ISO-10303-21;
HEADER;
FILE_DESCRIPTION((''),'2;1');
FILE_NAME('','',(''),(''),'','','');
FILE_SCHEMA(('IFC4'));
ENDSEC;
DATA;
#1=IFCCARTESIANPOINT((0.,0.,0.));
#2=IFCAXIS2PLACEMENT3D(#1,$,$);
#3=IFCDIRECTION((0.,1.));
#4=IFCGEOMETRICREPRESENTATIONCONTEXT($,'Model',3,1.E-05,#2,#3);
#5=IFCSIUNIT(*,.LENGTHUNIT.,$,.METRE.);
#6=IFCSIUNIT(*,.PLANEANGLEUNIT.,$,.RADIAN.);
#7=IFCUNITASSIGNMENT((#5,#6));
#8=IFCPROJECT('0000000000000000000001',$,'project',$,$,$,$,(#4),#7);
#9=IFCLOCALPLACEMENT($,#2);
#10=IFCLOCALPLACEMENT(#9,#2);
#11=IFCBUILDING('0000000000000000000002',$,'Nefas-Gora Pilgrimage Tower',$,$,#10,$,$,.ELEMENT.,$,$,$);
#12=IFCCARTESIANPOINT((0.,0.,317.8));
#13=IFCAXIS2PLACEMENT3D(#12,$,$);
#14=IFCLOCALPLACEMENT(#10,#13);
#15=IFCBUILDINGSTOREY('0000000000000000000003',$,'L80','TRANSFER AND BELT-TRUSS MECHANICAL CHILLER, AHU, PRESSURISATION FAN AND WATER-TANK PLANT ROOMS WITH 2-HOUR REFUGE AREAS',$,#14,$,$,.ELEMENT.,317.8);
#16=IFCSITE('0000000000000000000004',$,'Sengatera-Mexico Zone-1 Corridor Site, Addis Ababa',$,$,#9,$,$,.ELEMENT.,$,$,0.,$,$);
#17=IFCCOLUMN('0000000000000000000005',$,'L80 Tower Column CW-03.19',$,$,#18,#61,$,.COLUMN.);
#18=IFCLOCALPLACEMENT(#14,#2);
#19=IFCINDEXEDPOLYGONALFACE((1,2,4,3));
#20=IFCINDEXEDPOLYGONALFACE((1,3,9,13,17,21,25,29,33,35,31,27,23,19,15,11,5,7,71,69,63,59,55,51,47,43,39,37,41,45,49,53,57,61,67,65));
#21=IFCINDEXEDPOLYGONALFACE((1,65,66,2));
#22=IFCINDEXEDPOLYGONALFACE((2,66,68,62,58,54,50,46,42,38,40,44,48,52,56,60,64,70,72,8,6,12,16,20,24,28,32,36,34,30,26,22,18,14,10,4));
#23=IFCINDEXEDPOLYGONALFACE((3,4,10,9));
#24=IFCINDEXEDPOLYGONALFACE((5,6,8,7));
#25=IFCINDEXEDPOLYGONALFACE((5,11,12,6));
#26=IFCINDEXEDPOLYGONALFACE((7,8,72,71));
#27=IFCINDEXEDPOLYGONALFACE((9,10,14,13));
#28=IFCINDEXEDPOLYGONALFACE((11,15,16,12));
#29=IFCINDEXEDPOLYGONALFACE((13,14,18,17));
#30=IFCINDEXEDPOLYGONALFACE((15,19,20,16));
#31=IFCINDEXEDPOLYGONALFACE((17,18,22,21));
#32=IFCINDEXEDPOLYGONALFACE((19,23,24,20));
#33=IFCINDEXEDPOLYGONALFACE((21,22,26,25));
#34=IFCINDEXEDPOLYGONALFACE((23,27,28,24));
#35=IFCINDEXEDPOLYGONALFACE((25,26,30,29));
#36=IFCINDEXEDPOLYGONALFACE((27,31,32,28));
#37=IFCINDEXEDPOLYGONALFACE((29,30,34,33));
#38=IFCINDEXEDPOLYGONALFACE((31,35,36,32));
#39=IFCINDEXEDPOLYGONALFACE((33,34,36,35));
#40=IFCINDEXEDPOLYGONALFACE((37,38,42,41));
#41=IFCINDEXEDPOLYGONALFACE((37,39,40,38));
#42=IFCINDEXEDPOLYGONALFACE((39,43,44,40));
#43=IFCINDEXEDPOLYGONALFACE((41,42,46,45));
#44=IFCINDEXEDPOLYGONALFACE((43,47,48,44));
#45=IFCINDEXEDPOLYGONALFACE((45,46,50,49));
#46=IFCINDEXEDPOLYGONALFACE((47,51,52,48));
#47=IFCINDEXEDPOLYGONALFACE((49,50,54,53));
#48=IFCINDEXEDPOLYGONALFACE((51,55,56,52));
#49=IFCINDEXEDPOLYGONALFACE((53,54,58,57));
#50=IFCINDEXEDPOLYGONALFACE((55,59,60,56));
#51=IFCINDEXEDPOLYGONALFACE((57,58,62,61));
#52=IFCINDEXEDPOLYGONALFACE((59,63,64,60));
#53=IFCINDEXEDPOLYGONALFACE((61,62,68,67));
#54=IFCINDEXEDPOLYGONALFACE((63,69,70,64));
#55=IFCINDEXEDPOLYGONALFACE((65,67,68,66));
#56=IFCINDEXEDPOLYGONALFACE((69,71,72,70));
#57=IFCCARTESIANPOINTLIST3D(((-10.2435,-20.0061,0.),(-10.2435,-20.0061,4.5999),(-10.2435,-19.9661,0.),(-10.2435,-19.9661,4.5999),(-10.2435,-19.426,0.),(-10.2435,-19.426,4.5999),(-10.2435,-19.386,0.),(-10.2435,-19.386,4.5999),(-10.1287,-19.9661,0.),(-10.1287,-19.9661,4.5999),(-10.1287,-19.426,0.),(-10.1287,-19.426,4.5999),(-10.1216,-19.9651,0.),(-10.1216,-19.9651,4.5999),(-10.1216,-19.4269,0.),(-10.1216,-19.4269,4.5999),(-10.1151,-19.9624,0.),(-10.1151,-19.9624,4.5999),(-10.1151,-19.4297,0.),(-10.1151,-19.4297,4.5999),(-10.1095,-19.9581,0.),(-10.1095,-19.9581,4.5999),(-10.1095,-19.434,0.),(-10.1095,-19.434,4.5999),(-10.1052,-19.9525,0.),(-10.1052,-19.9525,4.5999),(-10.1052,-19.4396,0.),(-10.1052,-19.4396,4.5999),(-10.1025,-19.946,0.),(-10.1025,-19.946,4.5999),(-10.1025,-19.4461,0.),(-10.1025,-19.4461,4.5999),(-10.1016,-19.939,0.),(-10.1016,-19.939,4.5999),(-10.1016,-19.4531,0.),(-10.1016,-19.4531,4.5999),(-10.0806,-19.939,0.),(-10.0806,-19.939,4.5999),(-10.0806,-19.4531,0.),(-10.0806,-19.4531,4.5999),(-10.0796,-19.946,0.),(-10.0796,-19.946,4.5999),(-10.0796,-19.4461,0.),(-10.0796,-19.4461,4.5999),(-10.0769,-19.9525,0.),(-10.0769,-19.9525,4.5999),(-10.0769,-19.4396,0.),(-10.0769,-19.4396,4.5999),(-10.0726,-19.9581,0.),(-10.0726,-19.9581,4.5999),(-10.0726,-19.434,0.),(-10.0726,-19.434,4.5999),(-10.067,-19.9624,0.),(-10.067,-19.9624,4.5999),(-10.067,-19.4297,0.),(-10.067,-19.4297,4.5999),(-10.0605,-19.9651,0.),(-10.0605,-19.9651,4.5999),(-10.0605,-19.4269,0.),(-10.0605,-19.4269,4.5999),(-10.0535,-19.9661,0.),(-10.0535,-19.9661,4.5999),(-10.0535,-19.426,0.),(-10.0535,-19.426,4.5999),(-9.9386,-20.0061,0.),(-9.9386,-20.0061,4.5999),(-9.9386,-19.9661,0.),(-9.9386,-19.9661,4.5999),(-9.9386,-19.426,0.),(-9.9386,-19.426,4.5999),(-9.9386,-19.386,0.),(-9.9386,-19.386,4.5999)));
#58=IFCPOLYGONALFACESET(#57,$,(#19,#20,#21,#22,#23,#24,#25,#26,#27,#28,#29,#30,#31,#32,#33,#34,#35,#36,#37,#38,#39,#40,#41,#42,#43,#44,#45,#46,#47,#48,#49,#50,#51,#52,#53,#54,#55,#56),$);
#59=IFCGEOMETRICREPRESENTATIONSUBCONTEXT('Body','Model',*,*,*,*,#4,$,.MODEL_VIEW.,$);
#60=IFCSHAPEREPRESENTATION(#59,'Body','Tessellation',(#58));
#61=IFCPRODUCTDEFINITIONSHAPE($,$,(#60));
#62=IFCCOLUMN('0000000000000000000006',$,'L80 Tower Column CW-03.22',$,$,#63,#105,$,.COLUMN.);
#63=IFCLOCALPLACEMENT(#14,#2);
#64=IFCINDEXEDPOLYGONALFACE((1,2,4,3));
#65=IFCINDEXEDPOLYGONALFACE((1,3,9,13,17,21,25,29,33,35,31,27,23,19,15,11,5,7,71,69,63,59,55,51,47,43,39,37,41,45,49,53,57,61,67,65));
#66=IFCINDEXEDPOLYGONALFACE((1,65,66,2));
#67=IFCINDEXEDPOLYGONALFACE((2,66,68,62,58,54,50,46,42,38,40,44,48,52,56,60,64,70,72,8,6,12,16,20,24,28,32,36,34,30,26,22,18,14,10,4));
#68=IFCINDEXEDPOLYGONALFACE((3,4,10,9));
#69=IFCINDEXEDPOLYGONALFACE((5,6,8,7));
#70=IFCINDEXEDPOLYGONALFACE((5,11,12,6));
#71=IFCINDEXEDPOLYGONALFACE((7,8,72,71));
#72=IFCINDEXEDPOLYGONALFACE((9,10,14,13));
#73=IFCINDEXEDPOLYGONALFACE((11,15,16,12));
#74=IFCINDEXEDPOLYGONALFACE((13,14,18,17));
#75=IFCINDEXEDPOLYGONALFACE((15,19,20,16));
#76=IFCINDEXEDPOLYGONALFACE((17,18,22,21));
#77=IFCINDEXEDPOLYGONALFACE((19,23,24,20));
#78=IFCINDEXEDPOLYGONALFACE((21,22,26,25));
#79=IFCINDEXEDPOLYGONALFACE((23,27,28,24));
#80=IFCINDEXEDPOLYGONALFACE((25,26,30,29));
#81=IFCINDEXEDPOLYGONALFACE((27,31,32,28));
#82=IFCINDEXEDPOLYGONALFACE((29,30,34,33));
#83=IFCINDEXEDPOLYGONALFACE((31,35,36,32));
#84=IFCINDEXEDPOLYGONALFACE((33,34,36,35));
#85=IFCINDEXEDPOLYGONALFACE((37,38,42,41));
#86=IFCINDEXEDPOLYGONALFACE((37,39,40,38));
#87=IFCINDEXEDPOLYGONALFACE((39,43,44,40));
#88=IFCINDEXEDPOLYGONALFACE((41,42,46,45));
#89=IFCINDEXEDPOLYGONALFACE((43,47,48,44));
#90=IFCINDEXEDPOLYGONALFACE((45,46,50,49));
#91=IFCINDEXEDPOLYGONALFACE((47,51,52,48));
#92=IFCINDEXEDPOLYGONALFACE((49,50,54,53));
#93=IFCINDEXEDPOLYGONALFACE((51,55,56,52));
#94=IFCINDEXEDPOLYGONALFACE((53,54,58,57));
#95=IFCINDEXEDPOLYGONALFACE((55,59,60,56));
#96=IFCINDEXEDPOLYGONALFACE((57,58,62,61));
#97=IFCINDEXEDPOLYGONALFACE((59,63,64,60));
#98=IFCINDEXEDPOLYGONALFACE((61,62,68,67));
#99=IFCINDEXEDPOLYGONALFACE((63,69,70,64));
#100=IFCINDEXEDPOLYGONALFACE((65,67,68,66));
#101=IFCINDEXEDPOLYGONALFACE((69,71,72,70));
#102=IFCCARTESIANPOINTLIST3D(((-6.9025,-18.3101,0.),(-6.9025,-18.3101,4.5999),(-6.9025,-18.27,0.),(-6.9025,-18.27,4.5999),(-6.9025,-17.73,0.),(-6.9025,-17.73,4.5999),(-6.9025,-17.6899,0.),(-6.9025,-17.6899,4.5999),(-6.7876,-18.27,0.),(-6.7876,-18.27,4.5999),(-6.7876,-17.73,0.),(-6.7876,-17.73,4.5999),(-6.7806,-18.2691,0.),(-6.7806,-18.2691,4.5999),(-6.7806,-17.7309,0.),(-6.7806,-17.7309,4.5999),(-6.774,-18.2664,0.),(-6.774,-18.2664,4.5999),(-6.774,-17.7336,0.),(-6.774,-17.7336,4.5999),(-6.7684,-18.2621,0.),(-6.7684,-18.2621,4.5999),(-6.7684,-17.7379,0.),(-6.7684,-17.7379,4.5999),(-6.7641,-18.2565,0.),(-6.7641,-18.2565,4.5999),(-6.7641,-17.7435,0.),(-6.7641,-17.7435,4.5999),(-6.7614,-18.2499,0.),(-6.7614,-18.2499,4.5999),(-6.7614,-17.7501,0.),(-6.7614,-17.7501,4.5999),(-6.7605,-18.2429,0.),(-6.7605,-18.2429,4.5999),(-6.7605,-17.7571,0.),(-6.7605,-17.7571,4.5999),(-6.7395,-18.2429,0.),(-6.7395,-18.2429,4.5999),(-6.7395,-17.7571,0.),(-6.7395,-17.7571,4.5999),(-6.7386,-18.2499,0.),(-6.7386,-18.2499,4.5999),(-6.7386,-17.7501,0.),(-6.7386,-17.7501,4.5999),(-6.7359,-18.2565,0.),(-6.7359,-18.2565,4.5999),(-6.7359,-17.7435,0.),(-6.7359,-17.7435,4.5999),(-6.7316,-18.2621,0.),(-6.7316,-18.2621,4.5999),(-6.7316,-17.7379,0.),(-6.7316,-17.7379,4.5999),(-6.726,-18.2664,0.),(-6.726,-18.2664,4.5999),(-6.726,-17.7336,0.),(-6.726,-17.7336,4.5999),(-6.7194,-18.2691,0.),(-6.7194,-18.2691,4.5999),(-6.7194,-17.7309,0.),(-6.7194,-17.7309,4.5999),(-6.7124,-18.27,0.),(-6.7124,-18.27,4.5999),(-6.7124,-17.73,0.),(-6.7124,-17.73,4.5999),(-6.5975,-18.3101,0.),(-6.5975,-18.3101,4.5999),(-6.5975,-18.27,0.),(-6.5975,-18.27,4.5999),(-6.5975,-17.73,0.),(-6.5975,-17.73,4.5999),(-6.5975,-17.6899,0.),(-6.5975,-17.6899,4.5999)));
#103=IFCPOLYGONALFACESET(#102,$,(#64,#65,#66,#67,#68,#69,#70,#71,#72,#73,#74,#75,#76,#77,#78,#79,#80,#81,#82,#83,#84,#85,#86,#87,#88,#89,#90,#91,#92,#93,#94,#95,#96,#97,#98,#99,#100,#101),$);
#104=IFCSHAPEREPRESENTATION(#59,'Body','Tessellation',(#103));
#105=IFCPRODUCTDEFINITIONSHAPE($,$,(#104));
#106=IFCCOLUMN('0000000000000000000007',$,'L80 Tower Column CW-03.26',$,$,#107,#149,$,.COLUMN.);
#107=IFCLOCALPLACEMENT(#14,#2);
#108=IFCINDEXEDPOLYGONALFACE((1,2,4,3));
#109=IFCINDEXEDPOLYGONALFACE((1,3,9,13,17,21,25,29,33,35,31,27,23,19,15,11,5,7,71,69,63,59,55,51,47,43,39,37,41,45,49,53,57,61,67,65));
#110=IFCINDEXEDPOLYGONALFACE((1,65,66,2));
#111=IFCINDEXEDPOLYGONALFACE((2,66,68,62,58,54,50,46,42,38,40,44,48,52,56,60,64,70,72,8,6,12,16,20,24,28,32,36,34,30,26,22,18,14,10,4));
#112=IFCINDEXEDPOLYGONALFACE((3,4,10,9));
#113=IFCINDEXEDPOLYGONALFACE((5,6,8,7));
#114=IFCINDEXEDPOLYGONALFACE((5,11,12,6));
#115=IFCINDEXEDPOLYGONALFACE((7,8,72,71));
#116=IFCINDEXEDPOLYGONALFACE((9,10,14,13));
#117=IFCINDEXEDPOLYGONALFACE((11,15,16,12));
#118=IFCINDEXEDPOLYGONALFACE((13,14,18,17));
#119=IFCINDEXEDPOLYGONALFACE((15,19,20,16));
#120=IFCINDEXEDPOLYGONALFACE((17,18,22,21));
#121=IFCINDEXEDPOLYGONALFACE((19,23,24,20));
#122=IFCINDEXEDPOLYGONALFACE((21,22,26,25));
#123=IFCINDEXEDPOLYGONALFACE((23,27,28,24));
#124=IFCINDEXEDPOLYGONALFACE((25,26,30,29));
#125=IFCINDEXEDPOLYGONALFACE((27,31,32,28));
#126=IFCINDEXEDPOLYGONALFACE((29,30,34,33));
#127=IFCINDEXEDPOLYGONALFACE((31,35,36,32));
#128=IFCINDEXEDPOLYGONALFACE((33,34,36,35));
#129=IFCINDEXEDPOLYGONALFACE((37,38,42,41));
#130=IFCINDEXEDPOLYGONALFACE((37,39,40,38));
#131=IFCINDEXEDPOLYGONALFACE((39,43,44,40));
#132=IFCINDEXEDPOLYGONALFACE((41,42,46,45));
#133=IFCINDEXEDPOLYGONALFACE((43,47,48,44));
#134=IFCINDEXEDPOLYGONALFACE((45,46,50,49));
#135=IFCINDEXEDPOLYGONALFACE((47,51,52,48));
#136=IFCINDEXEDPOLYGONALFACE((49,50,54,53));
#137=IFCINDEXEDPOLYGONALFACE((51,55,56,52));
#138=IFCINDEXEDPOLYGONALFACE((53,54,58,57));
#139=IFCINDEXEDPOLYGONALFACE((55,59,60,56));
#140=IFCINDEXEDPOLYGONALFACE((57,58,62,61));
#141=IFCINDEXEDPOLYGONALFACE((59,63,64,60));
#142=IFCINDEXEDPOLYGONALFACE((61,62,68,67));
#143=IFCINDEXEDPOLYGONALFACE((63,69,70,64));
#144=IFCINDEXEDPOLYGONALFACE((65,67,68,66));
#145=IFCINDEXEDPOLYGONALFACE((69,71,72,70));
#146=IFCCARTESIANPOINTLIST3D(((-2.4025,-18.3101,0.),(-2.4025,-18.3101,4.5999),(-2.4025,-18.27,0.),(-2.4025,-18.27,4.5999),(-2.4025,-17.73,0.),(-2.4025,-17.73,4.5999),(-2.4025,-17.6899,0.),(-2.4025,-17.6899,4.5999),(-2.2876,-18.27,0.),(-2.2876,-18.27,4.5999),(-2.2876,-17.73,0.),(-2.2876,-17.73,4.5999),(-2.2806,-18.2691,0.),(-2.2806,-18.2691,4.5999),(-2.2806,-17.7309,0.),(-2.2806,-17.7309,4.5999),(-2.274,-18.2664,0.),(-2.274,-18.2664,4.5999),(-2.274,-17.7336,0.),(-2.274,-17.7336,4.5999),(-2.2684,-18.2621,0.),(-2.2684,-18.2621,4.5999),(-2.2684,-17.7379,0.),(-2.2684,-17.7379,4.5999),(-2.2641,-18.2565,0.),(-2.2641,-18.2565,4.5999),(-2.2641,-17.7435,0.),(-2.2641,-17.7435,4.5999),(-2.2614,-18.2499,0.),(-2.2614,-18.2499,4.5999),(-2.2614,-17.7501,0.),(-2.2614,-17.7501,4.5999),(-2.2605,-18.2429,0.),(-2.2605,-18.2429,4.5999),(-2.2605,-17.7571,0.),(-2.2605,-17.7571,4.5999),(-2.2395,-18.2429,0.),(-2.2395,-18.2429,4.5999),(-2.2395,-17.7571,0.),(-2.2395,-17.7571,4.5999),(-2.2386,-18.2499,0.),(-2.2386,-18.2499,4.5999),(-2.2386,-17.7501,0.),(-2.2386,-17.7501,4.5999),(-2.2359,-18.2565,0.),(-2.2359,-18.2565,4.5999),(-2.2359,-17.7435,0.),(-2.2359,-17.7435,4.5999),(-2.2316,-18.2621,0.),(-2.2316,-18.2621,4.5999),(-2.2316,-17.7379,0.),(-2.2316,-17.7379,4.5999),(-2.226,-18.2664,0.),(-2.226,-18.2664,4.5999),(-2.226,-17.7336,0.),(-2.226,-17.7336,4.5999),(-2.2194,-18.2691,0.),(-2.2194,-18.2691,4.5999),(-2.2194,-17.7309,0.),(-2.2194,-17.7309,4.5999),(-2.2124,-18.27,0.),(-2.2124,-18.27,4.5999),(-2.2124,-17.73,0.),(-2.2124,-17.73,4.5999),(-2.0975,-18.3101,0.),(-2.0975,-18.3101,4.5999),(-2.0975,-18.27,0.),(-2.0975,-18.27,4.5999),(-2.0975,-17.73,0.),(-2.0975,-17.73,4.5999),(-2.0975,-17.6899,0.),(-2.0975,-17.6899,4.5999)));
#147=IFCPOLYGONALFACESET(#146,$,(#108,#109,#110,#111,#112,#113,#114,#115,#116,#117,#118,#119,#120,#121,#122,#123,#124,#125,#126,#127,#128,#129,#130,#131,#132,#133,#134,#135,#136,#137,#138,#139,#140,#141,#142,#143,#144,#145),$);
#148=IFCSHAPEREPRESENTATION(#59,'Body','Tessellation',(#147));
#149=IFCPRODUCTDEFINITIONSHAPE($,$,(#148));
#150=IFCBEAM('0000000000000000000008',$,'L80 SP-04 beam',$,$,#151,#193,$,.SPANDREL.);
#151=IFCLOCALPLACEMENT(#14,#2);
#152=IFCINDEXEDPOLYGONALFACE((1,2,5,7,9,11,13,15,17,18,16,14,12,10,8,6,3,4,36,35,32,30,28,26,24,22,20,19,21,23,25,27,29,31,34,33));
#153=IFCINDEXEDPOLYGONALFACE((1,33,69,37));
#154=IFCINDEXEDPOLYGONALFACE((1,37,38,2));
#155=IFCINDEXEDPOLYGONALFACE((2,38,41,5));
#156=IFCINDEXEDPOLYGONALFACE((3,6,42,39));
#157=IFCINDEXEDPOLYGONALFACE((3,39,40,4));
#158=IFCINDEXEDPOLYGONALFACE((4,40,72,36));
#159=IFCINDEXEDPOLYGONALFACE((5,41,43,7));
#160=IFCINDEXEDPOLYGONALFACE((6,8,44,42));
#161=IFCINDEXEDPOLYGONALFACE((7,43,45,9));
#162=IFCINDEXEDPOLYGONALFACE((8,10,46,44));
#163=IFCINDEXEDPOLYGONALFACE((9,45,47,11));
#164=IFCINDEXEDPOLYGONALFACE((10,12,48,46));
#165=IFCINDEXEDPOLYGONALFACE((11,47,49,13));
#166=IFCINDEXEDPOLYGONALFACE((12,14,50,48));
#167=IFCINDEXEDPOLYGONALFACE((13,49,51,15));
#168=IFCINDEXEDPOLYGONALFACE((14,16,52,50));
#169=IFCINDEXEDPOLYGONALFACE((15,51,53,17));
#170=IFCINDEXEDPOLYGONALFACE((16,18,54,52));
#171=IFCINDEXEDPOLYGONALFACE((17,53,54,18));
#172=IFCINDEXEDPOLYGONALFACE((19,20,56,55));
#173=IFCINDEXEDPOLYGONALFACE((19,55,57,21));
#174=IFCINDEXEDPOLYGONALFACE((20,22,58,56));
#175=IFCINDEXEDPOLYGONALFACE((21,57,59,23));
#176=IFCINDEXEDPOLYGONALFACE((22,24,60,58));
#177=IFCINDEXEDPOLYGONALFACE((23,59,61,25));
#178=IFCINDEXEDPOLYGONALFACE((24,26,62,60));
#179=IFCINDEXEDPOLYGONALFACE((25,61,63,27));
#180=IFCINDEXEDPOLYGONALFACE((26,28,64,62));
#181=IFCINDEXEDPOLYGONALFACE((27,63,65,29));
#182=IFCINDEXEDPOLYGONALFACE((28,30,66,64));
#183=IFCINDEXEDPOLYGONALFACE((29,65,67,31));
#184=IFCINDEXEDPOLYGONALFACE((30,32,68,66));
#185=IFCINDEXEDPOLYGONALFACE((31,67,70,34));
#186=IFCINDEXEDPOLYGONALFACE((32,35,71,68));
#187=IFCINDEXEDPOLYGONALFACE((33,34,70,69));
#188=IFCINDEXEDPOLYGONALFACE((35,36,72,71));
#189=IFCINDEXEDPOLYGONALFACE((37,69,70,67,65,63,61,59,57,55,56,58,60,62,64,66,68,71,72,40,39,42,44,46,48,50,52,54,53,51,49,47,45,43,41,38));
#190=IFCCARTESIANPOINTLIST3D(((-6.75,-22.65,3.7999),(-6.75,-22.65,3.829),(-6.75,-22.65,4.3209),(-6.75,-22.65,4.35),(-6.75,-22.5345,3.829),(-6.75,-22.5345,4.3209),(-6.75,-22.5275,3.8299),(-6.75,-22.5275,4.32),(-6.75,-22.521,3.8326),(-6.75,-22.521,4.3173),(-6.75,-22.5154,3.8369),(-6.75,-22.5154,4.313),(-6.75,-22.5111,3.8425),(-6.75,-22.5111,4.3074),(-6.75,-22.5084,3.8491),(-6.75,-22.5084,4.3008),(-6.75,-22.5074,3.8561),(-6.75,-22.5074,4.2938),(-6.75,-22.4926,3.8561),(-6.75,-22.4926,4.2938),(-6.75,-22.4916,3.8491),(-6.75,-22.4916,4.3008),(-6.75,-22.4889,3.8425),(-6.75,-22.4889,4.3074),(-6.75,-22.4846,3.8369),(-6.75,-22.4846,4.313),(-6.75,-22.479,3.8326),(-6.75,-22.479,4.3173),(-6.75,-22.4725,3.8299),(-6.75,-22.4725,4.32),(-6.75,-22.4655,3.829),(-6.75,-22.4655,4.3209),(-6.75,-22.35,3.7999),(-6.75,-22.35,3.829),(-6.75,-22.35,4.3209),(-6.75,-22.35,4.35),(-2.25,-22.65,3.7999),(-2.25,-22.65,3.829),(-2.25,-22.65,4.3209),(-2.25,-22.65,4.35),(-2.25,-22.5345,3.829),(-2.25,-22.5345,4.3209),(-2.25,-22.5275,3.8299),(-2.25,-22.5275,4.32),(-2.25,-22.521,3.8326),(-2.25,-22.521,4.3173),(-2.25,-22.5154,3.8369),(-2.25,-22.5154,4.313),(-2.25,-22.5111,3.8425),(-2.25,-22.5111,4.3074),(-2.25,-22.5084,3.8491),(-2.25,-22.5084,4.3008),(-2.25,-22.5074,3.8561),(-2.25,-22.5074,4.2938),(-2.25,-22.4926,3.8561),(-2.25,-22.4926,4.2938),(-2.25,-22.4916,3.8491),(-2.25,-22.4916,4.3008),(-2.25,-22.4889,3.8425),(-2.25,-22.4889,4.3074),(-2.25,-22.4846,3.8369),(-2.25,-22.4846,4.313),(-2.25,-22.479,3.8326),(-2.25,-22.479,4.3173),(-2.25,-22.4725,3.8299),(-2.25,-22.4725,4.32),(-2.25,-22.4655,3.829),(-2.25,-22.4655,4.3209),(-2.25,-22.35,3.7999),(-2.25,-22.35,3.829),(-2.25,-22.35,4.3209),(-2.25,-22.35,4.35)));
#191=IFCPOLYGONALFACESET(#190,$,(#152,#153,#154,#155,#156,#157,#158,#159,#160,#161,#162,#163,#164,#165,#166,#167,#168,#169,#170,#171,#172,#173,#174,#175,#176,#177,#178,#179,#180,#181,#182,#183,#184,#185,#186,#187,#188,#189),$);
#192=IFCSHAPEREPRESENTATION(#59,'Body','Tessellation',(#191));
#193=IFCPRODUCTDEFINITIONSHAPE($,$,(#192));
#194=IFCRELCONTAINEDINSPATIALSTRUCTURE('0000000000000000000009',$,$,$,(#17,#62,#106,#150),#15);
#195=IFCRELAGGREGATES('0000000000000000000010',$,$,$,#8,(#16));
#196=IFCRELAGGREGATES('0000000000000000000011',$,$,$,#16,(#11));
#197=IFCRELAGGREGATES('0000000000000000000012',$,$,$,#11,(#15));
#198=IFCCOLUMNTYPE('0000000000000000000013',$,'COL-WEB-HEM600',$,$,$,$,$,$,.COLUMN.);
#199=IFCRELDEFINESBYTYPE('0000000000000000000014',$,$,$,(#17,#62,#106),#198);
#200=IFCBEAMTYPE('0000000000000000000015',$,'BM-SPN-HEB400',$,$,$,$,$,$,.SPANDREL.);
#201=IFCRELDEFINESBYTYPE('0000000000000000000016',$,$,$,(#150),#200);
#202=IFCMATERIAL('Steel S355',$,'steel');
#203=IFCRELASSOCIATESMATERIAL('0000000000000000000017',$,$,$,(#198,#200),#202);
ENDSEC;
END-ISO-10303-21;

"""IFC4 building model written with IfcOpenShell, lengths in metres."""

from ifc_helpers import new_model, si_unit, direction, frame, origin, origin_2d, place, context, subcontext, project, spatial, i_section, extrude, source, transform, mapped, material, material_profile, profile_set, type_object, element, save


model = new_model("IFC4")

# Units and contexts
model_context = context("Model", 3, precision=1e-05, world=origin(), true_north=direction((0.0, 1.0)))
body_context = subcontext(model_context, "Body", "Model", "MODEL_VIEW")
ifc_project = project(units=[si_unit("LENGTHUNIT", "METRE"), si_unit("PLANEANGLEUNIT", "RADIAN")], contexts=[model_context])

# Site, building, storey
site_placement = place(None, origin())
site = spatial("IfcSite", under=ifc_project, at=site_placement, Name="Sengatera-Mexico Zone-1 Corridor Site, Addis Ababa", CompositionType="ELEMENT", RefElevation=0.0)
building_placement = place(site_placement, origin())
building = spatial("IfcBuilding", under=site, at=building_placement, Name="Nefas-Gora Pilgrimage Tower", CompositionType="ELEMENT")
storey_placement = place(building_placement, frame((0.0, 0.0, 317.8)))
storey = spatial("IfcBuildingStorey", under=building, at=storey_placement, Name="L80", Description="TRANSFER AND BELT-TRUSS MECHANICAL CHILLER, AHU, PRESSURISATION FAN AND WATER-TANK PLANT ROOMS WITH 2-HOUR REFUGE AREAS", CompositionType="ELEMENT", Elevation=317.8)

# Columns
ifc_material_1 = material(Name="Steel S355", Category="steel")
ifc_material_profile_1 = material_profile(ifc_material_1, i_section(OverallWidth=0.3049, OverallDepth=0.6201, WebThickness=0.021, FlangeThickness=0.04, FilletRadius=0.0271, at=origin_2d()), Name="HEM 600")
ifc_profile_set_1 = profile_set([ifc_material_profile_1], Name="Steel S355")
column_type_1 = type_object("IfcColumnType", Name="COL-WEB-HEM600", PredefinedType="COLUMN", material=ifc_profile_set_1)
shared_shape_1 = source(origin(), body_context, "Body", "SweptSolid", [
    extrude(i_section(OverallWidth=0.3049, OverallDepth=0.6201, WebThickness=0.021, FlangeThickness=0.04, FilletRadius=0.0271, at=origin_2d()), origin(), (0.0, 0.0, 1.0), 4.5999),
])
for number, where, z_axis, x_axis, name in (
    (1, (-10.0911, -19.696, 0.0), (0.0, 0.0, 1.0), (1.0, 0.0, 0.0), "L80 Tower Column CW-03.19"),
    (2, (-6.75, -18.0, 0.0), (0.0, 0.0, 1.0), (1.0, 0.0, 0.0), "L80 Tower Column CW-03.22"),
    (3, (-2.25, -18.0, 0.0), (0.0, 0.0, 1.0), (1.0, 0.0, 0.0), "L80 Tower Column CW-03.26"),
):
    element("IfcColumn", number, at=place(storey_placement, frame(where, z_axis=z_axis, x_axis=x_axis)), inside=storey, type_object=column_type_1, Name=name, PredefinedType="COLUMN", context=body_context, shape_type="MappedRepresentation", body=[
        mapped(shared_shape_1, transform((0.0, 0.0, 0.0), x_axis=(1.0, 0.0, 0.0), y_axis=(0.0, 1.0, 0.0), z_axis=(0.0, 0.0, 1.0), scale=1.0)),
    ])

# Beam
ifc_material_profile_2 = material_profile(ifc_material_1, i_section(OverallWidth=0.3, OverallDepth=0.55, WebThickness=0.0149, FlangeThickness=0.0291, FilletRadius=0.0271, at=origin_2d()), Name="HEB 550")
ifc_profile_set_2 = profile_set([ifc_material_profile_2], Name="Steel S355")
beam_type_1 = type_object("IfcBeamType", Name="BM-SPN-HEB400", PredefinedType="SPANDREL", material=ifc_profile_set_2)
shared_shape_2 = source(origin(), body_context, "Body", "SweptSolid", [
    extrude(i_section(OverallWidth=0.3, OverallDepth=0.55, WebThickness=0.0149, FlangeThickness=0.0291, FilletRadius=0.0271, at=origin_2d()), origin(), (0.0, 0.0, 1.0), 4.5),
])
for number, where, z_axis, x_axis, name in (
    (4, (-6.75, -22.5, 4.075), (1.0, 0.0, 0.0), (0.0, 1.0, 0.0), "L80 SP-04 beam"),
):
    element("IfcBeam", number, at=place(storey_placement, frame(where, z_axis=z_axis, x_axis=x_axis)), inside=storey, type_object=beam_type_1, Name=name, PredefinedType="SPANDREL", context=body_context, shape_type="MappedRepresentation", body=[
        mapped(shared_shape_2, transform((0.0, 0.0, 0.0), x_axis=(1.0, 0.0, 0.0), y_axis=(0.0, 1.0, 0.0), z_axis=(0.0, 0.0, 1.0), scale=1.0)),
    ])

save(model, "model.ifc")
